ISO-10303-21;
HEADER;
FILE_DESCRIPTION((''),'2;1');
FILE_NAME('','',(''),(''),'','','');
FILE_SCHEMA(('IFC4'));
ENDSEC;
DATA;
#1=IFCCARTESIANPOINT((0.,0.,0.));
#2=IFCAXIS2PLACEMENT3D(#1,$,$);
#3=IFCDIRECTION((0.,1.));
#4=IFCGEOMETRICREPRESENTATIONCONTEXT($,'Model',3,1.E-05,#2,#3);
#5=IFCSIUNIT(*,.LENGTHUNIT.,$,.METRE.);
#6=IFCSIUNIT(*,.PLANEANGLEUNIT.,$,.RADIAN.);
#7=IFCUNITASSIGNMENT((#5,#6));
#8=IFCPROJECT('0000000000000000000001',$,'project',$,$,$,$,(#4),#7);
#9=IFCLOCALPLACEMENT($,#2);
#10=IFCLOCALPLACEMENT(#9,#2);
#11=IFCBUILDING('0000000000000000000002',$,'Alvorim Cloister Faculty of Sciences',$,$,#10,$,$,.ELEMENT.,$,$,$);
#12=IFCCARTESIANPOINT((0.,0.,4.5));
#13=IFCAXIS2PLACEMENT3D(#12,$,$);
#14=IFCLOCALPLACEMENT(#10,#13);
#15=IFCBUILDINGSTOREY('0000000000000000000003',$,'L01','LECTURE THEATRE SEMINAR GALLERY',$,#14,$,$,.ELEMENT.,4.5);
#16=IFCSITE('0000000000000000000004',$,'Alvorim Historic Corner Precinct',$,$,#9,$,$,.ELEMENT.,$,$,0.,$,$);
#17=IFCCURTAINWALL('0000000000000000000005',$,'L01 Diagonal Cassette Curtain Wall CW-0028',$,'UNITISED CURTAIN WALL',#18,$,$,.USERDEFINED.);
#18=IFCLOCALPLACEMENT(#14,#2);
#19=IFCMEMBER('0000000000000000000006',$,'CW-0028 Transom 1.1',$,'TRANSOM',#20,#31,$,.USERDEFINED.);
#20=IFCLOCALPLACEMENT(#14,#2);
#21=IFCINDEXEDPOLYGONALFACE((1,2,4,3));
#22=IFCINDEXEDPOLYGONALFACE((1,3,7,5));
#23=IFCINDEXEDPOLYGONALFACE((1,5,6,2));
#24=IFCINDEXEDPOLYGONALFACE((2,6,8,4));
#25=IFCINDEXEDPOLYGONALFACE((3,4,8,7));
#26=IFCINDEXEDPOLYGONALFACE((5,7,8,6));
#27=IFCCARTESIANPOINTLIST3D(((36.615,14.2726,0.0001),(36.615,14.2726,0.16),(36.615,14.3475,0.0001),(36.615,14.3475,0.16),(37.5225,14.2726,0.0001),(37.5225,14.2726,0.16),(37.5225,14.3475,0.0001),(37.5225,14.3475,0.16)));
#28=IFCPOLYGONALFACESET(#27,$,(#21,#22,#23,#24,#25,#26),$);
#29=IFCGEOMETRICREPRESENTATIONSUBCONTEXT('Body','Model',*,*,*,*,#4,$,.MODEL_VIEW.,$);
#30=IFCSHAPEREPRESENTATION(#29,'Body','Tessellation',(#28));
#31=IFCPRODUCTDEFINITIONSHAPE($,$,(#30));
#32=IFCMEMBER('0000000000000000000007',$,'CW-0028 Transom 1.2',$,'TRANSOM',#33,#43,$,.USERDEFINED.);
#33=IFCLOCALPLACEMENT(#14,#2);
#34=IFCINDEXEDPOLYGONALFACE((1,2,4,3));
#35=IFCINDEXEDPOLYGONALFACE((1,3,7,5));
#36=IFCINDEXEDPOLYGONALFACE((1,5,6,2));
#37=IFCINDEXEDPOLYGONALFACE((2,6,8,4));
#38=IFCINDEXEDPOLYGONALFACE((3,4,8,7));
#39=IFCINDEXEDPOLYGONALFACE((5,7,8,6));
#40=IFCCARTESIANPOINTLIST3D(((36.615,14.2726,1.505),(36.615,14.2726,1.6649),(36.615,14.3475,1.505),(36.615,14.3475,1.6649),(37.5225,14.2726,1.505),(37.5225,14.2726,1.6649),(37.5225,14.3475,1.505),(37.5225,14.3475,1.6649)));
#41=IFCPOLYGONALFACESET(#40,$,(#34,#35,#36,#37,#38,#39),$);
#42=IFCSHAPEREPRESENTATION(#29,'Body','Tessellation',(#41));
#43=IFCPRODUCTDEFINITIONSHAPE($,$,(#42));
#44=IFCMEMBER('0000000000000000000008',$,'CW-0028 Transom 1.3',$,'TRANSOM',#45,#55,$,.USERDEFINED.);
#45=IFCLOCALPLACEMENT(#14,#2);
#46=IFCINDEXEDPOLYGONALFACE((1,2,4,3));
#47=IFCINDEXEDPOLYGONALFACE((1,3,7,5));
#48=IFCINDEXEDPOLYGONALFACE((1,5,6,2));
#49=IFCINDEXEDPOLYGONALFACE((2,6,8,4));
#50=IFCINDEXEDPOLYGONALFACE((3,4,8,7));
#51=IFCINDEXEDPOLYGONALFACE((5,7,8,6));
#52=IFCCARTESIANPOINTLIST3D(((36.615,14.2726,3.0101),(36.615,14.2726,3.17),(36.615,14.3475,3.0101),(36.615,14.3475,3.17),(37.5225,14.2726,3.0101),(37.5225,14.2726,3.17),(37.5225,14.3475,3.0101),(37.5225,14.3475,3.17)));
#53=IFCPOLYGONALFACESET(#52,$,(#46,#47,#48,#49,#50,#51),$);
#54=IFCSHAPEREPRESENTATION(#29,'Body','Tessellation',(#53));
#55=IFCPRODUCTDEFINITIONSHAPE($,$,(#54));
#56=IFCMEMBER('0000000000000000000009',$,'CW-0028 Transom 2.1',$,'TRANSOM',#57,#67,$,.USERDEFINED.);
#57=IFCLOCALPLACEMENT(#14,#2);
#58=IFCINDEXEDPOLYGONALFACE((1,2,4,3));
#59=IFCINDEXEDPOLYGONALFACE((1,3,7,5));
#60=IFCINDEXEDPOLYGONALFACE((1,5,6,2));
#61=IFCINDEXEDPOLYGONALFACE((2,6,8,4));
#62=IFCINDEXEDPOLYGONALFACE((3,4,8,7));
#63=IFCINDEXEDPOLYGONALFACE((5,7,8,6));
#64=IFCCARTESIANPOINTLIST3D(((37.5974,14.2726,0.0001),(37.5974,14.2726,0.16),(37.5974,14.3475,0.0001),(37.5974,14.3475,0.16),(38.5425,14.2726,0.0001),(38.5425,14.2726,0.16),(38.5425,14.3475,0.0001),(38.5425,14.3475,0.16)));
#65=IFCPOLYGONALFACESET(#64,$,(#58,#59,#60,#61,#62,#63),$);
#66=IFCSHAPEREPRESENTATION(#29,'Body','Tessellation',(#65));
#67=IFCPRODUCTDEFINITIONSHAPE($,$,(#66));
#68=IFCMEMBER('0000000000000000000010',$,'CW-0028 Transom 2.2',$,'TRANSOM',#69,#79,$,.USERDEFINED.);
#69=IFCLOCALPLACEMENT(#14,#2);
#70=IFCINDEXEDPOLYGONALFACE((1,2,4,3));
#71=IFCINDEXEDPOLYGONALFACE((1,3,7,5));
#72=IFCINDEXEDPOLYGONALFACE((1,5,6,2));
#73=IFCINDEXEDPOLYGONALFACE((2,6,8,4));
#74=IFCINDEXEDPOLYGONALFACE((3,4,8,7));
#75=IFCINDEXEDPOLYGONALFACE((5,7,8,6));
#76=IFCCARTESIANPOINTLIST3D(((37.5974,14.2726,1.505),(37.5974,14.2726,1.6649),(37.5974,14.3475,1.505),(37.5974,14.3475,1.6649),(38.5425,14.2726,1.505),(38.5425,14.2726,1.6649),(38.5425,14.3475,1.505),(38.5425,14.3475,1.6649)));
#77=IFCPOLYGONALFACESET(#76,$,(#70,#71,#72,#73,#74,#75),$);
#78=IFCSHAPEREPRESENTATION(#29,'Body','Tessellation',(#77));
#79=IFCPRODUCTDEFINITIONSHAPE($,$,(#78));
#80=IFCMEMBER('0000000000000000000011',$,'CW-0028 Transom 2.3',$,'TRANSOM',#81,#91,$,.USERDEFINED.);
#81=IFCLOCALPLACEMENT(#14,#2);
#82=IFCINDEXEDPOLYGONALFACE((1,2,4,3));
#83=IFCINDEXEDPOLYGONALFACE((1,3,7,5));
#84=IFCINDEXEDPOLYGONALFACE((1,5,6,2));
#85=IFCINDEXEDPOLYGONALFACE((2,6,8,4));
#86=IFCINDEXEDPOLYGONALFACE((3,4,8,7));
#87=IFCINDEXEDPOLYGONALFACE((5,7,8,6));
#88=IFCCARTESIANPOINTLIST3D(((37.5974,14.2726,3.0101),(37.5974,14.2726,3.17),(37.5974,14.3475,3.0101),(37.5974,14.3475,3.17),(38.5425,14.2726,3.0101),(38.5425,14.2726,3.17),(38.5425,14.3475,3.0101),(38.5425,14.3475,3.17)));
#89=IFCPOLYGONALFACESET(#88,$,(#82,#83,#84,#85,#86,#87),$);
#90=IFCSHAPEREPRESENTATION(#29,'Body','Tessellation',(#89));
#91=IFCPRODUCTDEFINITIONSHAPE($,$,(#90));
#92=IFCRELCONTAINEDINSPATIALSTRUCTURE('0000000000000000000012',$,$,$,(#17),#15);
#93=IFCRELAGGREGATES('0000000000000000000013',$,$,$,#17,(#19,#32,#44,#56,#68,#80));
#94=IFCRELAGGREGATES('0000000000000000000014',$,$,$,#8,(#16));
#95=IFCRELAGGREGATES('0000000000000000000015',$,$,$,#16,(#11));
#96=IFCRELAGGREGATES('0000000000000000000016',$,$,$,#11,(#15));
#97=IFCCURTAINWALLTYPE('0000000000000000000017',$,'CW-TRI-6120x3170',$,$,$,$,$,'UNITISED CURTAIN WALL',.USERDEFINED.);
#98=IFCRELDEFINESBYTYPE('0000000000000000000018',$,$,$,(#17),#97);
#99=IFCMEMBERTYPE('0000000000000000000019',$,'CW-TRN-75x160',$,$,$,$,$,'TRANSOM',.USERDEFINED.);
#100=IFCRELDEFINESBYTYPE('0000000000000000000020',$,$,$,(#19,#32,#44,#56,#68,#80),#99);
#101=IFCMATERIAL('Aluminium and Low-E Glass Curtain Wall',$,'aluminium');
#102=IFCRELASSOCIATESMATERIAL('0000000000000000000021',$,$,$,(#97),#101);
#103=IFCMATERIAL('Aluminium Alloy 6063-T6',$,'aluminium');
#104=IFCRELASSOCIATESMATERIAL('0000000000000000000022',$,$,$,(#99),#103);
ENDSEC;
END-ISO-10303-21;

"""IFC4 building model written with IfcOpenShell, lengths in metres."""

from ifc_helpers import new_model, si_unit, direction, frame, origin, origin_2d, place, context, subcontext, project, spatial, rectangle, extrude, material, material_profile, profile_set, type_object, element, aggregate, save


model = new_model("IFC4")

# Units and contexts
model_context = context("Model", 3, precision=1e-05, world=origin(), true_north=direction((0.0, 1.0)))
body_context = subcontext(model_context, "Body", "Model", "MODEL_VIEW")
ifc_project = project(units=[si_unit("LENGTHUNIT", "METRE"), si_unit("PLANEANGLEUNIT", "RADIAN")], contexts=[model_context])

# Site, building, storey
site_placement = place(None, origin())
site = spatial("IfcSite", under=ifc_project, at=site_placement, Name="Alvorim Historic Corner Precinct", CompositionType="ELEMENT", RefElevation=0.0)
building_placement = place(site_placement, origin())
building = spatial("IfcBuilding", under=site, at=building_placement, Name="Alvorim Cloister Faculty of Sciences", CompositionType="ELEMENT")
storey_placement = place(building_placement, frame((0.0, 0.0, 4.5)))
storey = spatial("IfcBuildingStorey", under=building, at=storey_placement, Name="L01", Description="LECTURE THEATRE SEMINAR GALLERY", CompositionType="ELEMENT", Elevation=4.5)

# Curtain wall
ifc_material_1 = material(Name="Aluminium and Low-E Glass Curtain Wall", Category="aluminium")
curtain_wall_type = type_object("IfcCurtainWallType", Name="CW-TRI-6120x3170", ElementType="UNITISED CURTAIN WALL", PredefinedType="USERDEFINED", material=ifc_material_1)
ifc_material_2 = material(Name="Aluminium Alloy 6063-T6", Category="aluminium")
curtain_wall_1_placement = place(storey_placement, origin())
curtain_wall_1 = element("IfcCurtainWall", 1, at=curtain_wall_1_placement, inside=storey, type_object=curtain_wall_type, Name="L01 Diagonal Cassette Curtain Wall CW-0028", ObjectType="UNITISED CURTAIN WALL", PredefinedType="USERDEFINED")

# Members
ifc_material_profile_1 = material_profile(ifc_material_2, rectangle(XDim=0.075, YDim=0.1599, at=origin_2d()), Name="ALU-TRN-75x160")
ifc_profile_set_1 = profile_set([ifc_material_profile_1], Name="Aluminium Alloy 6063-T6")
member_type_1 = type_object("IfcMemberType", Name="CW-TRN-75x160", ElementType="TRANSOM", PredefinedType="USERDEFINED", material=ifc_profile_set_1)
member_1_placement = place(storey_placement, frame((36.615, 14.3101, 0.0801), z_axis=(1.0, 0.0, 0.0), x_axis=(0.0, 1.0, 0.0)))
member_1 = element("IfcMember", 2, at=member_1_placement, type_object=member_type_1, Name="CW-0028 Transom 1.1", ObjectType="TRANSOM", PredefinedType="USERDEFINED", context=body_context, shape_type="SweptSolid", body=[
    extrude(rectangle(XDim=0.075, YDim=0.1599, at=origin_2d()), origin(), (0.0, 0.0, 1.0), 0.9075),
])
member_2_placement = place(storey_placement, frame((36.615, 14.3101, 1.585), z_axis=(1.0, 0.0, 0.0), x_axis=(0.0, 1.0, 0.0)))
member_2 = element("IfcMember", 3, at=member_2_placement, type_object=member_type_1, Name="CW-0028 Transom 1.2", ObjectType="TRANSOM", PredefinedType="USERDEFINED", context=body_context, shape_type="SweptSolid", body=[
    extrude(rectangle(XDim=0.075, YDim=0.1599, at=origin_2d()), origin(), (0.0, 0.0, 1.0), 0.9075),
])
member_3_placement = place(storey_placement, frame((36.615, 14.3101, 3.0901), z_axis=(1.0, 0.0, 0.0), x_axis=(0.0, 1.0, 0.0)))
member_3 = element("IfcMember", 4, at=member_3_placement, type_object=member_type_1, Name="CW-0028 Transom 1.3", ObjectType="TRANSOM", PredefinedType="USERDEFINED", context=body_context, shape_type="SweptSolid", body=[
    extrude(rectangle(XDim=0.075, YDim=0.1599, at=origin_2d()), origin(), (0.0, 0.0, 1.0), 0.9075),
])
member_4_placement = place(storey_placement, frame((37.5974, 14.3101, 0.0801), z_axis=(1.0, 0.0, 0.0), x_axis=(0.0, 1.0, 0.0)))
member_4 = element("IfcMember", 5, at=member_4_placement, type_object=member_type_1, Name="CW-0028 Transom 2.1", ObjectType="TRANSOM", PredefinedType="USERDEFINED", context=body_context, shape_type="SweptSolid", body=[
    extrude(rectangle(XDim=0.075, YDim=0.1599, at=origin_2d()), origin(), (0.0, 0.0, 1.0), 0.9451),
])
member_5_placement = place(storey_placement, frame((37.5974, 14.3101, 1.585), z_axis=(1.0, 0.0, 0.0), x_axis=(0.0, 1.0, 0.0)))
member_5 = element("IfcMember", 6, at=member_5_placement, type_object=member_type_1, Name="CW-0028 Transom 2.2", ObjectType="TRANSOM", PredefinedType="USERDEFINED", context=body_context, shape_type="SweptSolid", body=[
    extrude(rectangle(XDim=0.075, YDim=0.1599, at=origin_2d()), origin(), (0.0, 0.0, 1.0), 0.9451),
])
member_6_placement = place(storey_placement, frame((37.5974, 14.3101, 3.0901), z_axis=(1.0, 0.0, 0.0), x_axis=(0.0, 1.0, 0.0)))
member_6 = element("IfcMember", 7, at=member_6_placement, type_object=member_type_1, Name="CW-0028 Transom 2.3", ObjectType="TRANSOM", PredefinedType="USERDEFINED", context=body_context, shape_type="SweptSolid", body=[
    extrude(rectangle(XDim=0.075, YDim=0.1599, at=origin_2d()), origin(), (0.0, 0.0, 1.0), 0.9451),
])
aggregate(curtain_wall_1, [member_1, member_2, member_3, member_4, member_5, member_6])

save(model, "model.ifc")
